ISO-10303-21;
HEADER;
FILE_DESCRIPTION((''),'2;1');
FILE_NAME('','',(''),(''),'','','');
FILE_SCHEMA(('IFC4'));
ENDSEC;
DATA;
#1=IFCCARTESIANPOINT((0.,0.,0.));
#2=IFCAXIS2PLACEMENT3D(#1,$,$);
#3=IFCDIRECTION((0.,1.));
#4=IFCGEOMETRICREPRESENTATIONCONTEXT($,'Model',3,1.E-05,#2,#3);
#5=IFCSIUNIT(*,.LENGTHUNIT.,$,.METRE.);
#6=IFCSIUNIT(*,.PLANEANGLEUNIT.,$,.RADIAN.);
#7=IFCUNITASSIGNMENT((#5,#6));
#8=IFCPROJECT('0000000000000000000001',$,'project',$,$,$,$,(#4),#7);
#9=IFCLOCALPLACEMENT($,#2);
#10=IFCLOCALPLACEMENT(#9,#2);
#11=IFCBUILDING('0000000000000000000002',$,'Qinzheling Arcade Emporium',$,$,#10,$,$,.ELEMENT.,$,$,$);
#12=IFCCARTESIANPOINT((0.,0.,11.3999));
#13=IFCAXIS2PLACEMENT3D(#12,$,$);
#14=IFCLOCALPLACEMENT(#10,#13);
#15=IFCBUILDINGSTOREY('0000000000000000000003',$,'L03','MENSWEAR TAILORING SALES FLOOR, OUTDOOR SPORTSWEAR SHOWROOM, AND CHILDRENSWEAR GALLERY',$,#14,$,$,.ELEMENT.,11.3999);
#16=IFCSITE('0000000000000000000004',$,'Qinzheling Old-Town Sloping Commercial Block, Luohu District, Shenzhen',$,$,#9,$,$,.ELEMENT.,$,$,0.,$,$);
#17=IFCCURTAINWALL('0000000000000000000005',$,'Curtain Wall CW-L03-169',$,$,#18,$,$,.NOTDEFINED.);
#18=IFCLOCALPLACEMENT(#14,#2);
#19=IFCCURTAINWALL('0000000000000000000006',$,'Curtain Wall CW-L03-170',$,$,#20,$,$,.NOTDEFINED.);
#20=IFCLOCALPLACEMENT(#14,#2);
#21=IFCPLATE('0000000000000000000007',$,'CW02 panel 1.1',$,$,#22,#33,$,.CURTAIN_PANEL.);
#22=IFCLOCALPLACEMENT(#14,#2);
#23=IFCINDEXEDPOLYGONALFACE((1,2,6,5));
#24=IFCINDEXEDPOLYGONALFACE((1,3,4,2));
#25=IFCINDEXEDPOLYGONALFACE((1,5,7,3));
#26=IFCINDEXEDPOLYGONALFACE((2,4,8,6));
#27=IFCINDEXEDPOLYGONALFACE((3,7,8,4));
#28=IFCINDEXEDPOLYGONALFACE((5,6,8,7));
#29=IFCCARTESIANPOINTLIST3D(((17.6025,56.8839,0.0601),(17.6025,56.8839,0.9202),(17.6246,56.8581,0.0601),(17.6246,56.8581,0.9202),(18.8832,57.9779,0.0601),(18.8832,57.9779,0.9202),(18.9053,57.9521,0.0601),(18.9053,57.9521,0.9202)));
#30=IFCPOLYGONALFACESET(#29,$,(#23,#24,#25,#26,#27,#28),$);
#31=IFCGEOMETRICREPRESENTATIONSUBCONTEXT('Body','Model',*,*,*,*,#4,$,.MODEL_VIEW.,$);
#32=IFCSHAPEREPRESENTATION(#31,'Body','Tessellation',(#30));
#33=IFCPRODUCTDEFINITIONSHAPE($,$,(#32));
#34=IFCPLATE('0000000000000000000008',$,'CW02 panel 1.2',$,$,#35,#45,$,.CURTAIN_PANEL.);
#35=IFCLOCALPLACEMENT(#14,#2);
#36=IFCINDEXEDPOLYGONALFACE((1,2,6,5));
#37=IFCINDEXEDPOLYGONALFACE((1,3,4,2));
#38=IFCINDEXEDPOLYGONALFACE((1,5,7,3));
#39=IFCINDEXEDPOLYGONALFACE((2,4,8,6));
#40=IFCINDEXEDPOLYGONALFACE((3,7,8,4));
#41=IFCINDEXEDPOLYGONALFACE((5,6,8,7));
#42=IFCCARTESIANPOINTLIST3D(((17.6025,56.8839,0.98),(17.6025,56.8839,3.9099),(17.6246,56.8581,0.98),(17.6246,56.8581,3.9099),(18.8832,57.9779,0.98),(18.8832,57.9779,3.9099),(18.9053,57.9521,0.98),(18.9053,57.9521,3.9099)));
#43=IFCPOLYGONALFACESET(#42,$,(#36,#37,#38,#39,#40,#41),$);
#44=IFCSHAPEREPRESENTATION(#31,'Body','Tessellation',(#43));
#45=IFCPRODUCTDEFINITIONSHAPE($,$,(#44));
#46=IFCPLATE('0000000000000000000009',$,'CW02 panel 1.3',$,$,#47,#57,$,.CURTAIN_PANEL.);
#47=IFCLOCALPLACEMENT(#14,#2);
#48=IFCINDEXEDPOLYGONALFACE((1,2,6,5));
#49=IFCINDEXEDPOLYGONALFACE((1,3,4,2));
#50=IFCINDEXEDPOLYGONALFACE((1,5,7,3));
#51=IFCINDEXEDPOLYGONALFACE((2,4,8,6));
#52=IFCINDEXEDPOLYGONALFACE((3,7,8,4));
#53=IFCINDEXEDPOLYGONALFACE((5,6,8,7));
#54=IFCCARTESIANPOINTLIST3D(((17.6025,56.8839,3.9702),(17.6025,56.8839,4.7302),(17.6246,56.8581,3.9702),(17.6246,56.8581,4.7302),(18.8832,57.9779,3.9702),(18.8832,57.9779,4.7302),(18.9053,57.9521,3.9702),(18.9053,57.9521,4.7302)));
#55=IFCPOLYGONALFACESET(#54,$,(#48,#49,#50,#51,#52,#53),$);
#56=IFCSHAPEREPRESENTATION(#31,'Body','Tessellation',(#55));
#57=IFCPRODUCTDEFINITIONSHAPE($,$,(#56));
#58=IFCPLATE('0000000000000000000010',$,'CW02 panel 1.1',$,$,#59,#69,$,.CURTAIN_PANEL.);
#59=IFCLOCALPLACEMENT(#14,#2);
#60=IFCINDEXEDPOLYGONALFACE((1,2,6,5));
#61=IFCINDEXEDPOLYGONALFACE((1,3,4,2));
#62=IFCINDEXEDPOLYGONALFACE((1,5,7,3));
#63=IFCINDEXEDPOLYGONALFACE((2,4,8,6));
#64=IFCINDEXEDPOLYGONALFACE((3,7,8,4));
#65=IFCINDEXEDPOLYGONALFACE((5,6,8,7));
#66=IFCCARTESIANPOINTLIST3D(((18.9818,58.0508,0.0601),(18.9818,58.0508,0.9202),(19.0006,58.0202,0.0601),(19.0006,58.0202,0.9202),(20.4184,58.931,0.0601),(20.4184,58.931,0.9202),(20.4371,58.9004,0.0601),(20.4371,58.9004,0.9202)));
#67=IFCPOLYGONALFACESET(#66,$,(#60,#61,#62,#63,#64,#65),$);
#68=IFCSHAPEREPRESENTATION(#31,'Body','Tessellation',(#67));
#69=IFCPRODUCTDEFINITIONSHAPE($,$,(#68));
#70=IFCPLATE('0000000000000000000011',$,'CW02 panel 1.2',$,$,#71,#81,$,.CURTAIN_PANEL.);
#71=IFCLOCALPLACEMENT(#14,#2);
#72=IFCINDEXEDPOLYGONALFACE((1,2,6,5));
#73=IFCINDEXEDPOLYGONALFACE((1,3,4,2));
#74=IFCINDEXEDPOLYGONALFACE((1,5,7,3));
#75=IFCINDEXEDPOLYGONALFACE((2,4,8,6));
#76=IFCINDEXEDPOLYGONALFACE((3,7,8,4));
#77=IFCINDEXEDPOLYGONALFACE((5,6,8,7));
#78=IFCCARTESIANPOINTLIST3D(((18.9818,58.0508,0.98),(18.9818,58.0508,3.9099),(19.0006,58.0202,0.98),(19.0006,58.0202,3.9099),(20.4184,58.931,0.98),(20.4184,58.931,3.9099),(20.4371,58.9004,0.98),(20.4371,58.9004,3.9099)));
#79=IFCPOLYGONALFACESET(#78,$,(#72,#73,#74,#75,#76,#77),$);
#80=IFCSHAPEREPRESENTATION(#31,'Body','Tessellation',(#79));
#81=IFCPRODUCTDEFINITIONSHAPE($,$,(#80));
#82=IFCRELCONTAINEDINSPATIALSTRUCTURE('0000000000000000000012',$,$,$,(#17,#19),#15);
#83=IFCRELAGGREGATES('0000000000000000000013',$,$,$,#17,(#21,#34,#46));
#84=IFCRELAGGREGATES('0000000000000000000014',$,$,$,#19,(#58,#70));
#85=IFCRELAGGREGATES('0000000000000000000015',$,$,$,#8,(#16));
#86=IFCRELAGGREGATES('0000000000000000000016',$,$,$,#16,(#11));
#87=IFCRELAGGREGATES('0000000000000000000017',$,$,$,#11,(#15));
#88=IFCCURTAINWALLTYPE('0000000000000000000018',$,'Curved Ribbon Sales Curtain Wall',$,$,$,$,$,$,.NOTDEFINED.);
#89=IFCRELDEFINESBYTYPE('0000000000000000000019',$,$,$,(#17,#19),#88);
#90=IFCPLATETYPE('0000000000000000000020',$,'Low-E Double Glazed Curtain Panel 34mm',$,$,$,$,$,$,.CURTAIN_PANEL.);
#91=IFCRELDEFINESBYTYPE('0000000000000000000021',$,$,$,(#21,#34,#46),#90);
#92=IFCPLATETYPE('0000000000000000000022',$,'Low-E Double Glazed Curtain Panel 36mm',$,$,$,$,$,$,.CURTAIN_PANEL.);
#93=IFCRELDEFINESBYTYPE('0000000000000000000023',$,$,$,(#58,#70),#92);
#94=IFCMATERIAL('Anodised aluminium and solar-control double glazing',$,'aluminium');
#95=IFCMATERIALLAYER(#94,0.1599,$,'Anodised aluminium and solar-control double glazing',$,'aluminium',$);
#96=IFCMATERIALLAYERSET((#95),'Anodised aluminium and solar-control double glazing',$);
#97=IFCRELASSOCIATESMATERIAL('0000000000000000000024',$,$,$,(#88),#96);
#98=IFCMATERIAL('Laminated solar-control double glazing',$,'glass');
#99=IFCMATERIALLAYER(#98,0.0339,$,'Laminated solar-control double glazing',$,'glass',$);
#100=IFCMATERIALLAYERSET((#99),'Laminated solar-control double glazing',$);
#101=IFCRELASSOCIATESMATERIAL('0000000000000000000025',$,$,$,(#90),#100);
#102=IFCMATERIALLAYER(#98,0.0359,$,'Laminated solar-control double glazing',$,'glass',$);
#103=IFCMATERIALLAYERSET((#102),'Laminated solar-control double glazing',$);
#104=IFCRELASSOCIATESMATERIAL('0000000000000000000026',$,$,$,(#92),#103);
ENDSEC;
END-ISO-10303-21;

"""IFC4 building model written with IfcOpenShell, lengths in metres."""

from ifc_helpers import new_model, si_unit, direction, frame, origin, origin_2d, place, context, subcontext, project, spatial, rectangle, extrude, material, layer, layer_set, type_object, element, aggregate, save


model = new_model("IFC4")

# Units and contexts
model_context = context("Model", 3, precision=1e-05, world=origin(), true_north=direction((0.0, 1.0)))
body_context = subcontext(model_context, "Body", "Model", "MODEL_VIEW")
ifc_project = project(units=[si_unit("LENGTHUNIT", "METRE"), si_unit("PLANEANGLEUNIT", "RADIAN")], contexts=[model_context])

# Site, building, storey
site_placement = place(None, origin())
site = spatial("IfcSite", under=ifc_project, at=site_placement, Name="Qinzheling Old-Town Sloping Commercial Block, Luohu District, Shenzhen", CompositionType="ELEMENT", RefElevation=0.0)
building_placement = place(site_placement, origin())
building = spatial("IfcBuilding", under=site, at=building_placement, Name="Qinzheling Arcade Emporium", CompositionType="ELEMENT")
storey_placement = place(building_placement, frame((0.0, 0.0, 11.3999)))
storey = spatial("IfcBuildingStorey", under=building, at=storey_placement, Name="L03", Description="MENSWEAR TAILORING SALES FLOOR, OUTDOOR SPORTSWEAR SHOWROOM, AND CHILDRENSWEAR GALLERY", CompositionType="ELEMENT", Elevation=11.3999)

# Shared definitions
ifc_material_1 = material(Name="Anodised aluminium and solar-control double glazing", Category="aluminium")
ifc_layer_1 = layer(ifc_material_1, 0.1599, Name="Anodised aluminium and solar-control double glazing", Category="aluminium")
ifc_layer_set_1 = layer_set([ifc_layer_1], Name="Anodised aluminium and solar-control double glazing")
curtain_wall_type = type_object("IfcCurtainWallType", Name="Curved Ribbon Sales Curtain Wall", PredefinedType="NOTDEFINED", material=ifc_layer_set_1)

# Curtain wall
curtain_wall_1_placement = place(storey_placement, origin())
curtain_wall_1 = element("IfcCurtainWall", 1, at=curtain_wall_1_placement, inside=storey, type_object=curtain_wall_type, Name="Curtain Wall CW-L03-169", PredefinedType="NOTDEFINED")

# Curtain wall
curtain_wall_2_placement = place(storey_placement, origin())
curtain_wall_2 = element("IfcCurtainWall", 2, at=curtain_wall_2_placement, inside=storey, type_object=curtain_wall_type, Name="Curtain Wall CW-L03-170", PredefinedType="NOTDEFINED")

# Plates
ifc_material_2 = material(Name="Laminated solar-control double glazing", Category="glass")
ifc_layer_2 = layer(ifc_material_2, 0.0339, Name="Laminated solar-control double glazing", Category="glass")
ifc_layer_set_2 = layer_set([ifc_layer_2], Name="Laminated solar-control double glazing")
plate_type_1 = type_object("IfcPlateType", Name="Low-E Double Glazed Curtain Panel 34mm", PredefinedType="CURTAIN_PANEL", material=ifc_layer_set_2)
plate_1_placement = place(storey_placement, frame((18.2539, 57.418, 0.0601), z_axis=(0.0, 0.0, 1.0), x_axis=(0.760351, 0.649513, 0.0)))
plate_1 = element("IfcPlate", 3, at=plate_1_placement, type_object=plate_type_1, Name="CW02 panel 1.1", PredefinedType="CURTAIN_PANEL", context=body_context, shape_type="SweptSolid", body=[
    extrude(rectangle(XDim=1.6843, YDim=0.0339, at=origin_2d()), origin(), (0.0, 0.0, 1.0), 0.8601),
])
plate_2_placement = place(storey_placement, frame((18.2539, 57.418, 0.98), z_axis=(0.0, 0.0, 1.0), x_axis=(0.760351, 0.649513, 0.0)))
plate_2 = element("IfcPlate", 4, at=plate_2_placement, type_object=plate_type_1, Name="CW02 panel 1.2", PredefinedType="CURTAIN_PANEL", context=body_context, shape_type="SweptSolid", body=[
    extrude(rectangle(XDim=1.6843, YDim=0.0339, at=origin_2d()), origin(), (0.0, 0.0, 1.0), 2.9299),
])
plate_3_placement = place(storey_placement, frame((18.2539, 57.418, 3.9702), z_axis=(0.0, 0.0, 1.0), x_axis=(0.760351, 0.649513, 0.0)))
plate_3 = element("IfcPlate", 5, at=plate_3_placement, type_object=plate_type_1, Name="CW02 panel 1.3", PredefinedType="CURTAIN_PANEL", context=body_context, shape_type="SweptSolid", body=[
    extrude(rectangle(XDim=1.6843, YDim=0.0339, at=origin_2d()), origin(), (0.0, 0.0, 1.0), 0.76),
])
aggregate(curtain_wall_1, [plate_1, plate_2, plate_3])
ifc_layer_3 = layer(ifc_material_2, 0.0359, Name="Laminated solar-control double glazing", Category="glass")
ifc_layer_set_3 = layer_set([ifc_layer_3], Name="Laminated solar-control double glazing")
plate_type_2 = type_object("IfcPlateType", Name="Low-E Double Glazed Curtain Panel 36mm", PredefinedType="CURTAIN_PANEL", material=ifc_layer_set_3)
plate_4_placement = place(storey_placement, frame((19.7095, 58.4756, 0.0601), z_axis=(0.0, 0.0, 1.0), x_axis=(0.852665, 0.522458, 0.0)))
plate_4 = element("IfcPlate", 6, at=plate_4_placement, type_object=plate_type_2, Name="CW02 panel 1.1", PredefinedType="CURTAIN_PANEL", context=body_context, shape_type="SweptSolid", body=[
    extrude(rectangle(XDim=1.6848, YDim=0.0359, at=origin_2d()), origin(), (0.0, 0.0, 1.0), 0.8601),
])
plate_5_placement = place(storey_placement, frame((19.7095, 58.4756, 0.98), z_axis=(0.0, 0.0, 1.0), x_axis=(0.852665, 0.522458, 0.0)))
plate_5 = element("IfcPlate", 7, at=plate_5_placement, type_object=plate_type_2, Name="CW02 panel 1.2", PredefinedType="CURTAIN_PANEL", context=body_context, shape_type="SweptSolid", body=[
    extrude(rectangle(XDim=1.6848, YDim=0.0359, at=origin_2d()), origin(), (0.0, 0.0, 1.0), 2.9299),
])
aggregate(curtain_wall_2, [plate_4, plate_5])

save(model, "model.ifc")
